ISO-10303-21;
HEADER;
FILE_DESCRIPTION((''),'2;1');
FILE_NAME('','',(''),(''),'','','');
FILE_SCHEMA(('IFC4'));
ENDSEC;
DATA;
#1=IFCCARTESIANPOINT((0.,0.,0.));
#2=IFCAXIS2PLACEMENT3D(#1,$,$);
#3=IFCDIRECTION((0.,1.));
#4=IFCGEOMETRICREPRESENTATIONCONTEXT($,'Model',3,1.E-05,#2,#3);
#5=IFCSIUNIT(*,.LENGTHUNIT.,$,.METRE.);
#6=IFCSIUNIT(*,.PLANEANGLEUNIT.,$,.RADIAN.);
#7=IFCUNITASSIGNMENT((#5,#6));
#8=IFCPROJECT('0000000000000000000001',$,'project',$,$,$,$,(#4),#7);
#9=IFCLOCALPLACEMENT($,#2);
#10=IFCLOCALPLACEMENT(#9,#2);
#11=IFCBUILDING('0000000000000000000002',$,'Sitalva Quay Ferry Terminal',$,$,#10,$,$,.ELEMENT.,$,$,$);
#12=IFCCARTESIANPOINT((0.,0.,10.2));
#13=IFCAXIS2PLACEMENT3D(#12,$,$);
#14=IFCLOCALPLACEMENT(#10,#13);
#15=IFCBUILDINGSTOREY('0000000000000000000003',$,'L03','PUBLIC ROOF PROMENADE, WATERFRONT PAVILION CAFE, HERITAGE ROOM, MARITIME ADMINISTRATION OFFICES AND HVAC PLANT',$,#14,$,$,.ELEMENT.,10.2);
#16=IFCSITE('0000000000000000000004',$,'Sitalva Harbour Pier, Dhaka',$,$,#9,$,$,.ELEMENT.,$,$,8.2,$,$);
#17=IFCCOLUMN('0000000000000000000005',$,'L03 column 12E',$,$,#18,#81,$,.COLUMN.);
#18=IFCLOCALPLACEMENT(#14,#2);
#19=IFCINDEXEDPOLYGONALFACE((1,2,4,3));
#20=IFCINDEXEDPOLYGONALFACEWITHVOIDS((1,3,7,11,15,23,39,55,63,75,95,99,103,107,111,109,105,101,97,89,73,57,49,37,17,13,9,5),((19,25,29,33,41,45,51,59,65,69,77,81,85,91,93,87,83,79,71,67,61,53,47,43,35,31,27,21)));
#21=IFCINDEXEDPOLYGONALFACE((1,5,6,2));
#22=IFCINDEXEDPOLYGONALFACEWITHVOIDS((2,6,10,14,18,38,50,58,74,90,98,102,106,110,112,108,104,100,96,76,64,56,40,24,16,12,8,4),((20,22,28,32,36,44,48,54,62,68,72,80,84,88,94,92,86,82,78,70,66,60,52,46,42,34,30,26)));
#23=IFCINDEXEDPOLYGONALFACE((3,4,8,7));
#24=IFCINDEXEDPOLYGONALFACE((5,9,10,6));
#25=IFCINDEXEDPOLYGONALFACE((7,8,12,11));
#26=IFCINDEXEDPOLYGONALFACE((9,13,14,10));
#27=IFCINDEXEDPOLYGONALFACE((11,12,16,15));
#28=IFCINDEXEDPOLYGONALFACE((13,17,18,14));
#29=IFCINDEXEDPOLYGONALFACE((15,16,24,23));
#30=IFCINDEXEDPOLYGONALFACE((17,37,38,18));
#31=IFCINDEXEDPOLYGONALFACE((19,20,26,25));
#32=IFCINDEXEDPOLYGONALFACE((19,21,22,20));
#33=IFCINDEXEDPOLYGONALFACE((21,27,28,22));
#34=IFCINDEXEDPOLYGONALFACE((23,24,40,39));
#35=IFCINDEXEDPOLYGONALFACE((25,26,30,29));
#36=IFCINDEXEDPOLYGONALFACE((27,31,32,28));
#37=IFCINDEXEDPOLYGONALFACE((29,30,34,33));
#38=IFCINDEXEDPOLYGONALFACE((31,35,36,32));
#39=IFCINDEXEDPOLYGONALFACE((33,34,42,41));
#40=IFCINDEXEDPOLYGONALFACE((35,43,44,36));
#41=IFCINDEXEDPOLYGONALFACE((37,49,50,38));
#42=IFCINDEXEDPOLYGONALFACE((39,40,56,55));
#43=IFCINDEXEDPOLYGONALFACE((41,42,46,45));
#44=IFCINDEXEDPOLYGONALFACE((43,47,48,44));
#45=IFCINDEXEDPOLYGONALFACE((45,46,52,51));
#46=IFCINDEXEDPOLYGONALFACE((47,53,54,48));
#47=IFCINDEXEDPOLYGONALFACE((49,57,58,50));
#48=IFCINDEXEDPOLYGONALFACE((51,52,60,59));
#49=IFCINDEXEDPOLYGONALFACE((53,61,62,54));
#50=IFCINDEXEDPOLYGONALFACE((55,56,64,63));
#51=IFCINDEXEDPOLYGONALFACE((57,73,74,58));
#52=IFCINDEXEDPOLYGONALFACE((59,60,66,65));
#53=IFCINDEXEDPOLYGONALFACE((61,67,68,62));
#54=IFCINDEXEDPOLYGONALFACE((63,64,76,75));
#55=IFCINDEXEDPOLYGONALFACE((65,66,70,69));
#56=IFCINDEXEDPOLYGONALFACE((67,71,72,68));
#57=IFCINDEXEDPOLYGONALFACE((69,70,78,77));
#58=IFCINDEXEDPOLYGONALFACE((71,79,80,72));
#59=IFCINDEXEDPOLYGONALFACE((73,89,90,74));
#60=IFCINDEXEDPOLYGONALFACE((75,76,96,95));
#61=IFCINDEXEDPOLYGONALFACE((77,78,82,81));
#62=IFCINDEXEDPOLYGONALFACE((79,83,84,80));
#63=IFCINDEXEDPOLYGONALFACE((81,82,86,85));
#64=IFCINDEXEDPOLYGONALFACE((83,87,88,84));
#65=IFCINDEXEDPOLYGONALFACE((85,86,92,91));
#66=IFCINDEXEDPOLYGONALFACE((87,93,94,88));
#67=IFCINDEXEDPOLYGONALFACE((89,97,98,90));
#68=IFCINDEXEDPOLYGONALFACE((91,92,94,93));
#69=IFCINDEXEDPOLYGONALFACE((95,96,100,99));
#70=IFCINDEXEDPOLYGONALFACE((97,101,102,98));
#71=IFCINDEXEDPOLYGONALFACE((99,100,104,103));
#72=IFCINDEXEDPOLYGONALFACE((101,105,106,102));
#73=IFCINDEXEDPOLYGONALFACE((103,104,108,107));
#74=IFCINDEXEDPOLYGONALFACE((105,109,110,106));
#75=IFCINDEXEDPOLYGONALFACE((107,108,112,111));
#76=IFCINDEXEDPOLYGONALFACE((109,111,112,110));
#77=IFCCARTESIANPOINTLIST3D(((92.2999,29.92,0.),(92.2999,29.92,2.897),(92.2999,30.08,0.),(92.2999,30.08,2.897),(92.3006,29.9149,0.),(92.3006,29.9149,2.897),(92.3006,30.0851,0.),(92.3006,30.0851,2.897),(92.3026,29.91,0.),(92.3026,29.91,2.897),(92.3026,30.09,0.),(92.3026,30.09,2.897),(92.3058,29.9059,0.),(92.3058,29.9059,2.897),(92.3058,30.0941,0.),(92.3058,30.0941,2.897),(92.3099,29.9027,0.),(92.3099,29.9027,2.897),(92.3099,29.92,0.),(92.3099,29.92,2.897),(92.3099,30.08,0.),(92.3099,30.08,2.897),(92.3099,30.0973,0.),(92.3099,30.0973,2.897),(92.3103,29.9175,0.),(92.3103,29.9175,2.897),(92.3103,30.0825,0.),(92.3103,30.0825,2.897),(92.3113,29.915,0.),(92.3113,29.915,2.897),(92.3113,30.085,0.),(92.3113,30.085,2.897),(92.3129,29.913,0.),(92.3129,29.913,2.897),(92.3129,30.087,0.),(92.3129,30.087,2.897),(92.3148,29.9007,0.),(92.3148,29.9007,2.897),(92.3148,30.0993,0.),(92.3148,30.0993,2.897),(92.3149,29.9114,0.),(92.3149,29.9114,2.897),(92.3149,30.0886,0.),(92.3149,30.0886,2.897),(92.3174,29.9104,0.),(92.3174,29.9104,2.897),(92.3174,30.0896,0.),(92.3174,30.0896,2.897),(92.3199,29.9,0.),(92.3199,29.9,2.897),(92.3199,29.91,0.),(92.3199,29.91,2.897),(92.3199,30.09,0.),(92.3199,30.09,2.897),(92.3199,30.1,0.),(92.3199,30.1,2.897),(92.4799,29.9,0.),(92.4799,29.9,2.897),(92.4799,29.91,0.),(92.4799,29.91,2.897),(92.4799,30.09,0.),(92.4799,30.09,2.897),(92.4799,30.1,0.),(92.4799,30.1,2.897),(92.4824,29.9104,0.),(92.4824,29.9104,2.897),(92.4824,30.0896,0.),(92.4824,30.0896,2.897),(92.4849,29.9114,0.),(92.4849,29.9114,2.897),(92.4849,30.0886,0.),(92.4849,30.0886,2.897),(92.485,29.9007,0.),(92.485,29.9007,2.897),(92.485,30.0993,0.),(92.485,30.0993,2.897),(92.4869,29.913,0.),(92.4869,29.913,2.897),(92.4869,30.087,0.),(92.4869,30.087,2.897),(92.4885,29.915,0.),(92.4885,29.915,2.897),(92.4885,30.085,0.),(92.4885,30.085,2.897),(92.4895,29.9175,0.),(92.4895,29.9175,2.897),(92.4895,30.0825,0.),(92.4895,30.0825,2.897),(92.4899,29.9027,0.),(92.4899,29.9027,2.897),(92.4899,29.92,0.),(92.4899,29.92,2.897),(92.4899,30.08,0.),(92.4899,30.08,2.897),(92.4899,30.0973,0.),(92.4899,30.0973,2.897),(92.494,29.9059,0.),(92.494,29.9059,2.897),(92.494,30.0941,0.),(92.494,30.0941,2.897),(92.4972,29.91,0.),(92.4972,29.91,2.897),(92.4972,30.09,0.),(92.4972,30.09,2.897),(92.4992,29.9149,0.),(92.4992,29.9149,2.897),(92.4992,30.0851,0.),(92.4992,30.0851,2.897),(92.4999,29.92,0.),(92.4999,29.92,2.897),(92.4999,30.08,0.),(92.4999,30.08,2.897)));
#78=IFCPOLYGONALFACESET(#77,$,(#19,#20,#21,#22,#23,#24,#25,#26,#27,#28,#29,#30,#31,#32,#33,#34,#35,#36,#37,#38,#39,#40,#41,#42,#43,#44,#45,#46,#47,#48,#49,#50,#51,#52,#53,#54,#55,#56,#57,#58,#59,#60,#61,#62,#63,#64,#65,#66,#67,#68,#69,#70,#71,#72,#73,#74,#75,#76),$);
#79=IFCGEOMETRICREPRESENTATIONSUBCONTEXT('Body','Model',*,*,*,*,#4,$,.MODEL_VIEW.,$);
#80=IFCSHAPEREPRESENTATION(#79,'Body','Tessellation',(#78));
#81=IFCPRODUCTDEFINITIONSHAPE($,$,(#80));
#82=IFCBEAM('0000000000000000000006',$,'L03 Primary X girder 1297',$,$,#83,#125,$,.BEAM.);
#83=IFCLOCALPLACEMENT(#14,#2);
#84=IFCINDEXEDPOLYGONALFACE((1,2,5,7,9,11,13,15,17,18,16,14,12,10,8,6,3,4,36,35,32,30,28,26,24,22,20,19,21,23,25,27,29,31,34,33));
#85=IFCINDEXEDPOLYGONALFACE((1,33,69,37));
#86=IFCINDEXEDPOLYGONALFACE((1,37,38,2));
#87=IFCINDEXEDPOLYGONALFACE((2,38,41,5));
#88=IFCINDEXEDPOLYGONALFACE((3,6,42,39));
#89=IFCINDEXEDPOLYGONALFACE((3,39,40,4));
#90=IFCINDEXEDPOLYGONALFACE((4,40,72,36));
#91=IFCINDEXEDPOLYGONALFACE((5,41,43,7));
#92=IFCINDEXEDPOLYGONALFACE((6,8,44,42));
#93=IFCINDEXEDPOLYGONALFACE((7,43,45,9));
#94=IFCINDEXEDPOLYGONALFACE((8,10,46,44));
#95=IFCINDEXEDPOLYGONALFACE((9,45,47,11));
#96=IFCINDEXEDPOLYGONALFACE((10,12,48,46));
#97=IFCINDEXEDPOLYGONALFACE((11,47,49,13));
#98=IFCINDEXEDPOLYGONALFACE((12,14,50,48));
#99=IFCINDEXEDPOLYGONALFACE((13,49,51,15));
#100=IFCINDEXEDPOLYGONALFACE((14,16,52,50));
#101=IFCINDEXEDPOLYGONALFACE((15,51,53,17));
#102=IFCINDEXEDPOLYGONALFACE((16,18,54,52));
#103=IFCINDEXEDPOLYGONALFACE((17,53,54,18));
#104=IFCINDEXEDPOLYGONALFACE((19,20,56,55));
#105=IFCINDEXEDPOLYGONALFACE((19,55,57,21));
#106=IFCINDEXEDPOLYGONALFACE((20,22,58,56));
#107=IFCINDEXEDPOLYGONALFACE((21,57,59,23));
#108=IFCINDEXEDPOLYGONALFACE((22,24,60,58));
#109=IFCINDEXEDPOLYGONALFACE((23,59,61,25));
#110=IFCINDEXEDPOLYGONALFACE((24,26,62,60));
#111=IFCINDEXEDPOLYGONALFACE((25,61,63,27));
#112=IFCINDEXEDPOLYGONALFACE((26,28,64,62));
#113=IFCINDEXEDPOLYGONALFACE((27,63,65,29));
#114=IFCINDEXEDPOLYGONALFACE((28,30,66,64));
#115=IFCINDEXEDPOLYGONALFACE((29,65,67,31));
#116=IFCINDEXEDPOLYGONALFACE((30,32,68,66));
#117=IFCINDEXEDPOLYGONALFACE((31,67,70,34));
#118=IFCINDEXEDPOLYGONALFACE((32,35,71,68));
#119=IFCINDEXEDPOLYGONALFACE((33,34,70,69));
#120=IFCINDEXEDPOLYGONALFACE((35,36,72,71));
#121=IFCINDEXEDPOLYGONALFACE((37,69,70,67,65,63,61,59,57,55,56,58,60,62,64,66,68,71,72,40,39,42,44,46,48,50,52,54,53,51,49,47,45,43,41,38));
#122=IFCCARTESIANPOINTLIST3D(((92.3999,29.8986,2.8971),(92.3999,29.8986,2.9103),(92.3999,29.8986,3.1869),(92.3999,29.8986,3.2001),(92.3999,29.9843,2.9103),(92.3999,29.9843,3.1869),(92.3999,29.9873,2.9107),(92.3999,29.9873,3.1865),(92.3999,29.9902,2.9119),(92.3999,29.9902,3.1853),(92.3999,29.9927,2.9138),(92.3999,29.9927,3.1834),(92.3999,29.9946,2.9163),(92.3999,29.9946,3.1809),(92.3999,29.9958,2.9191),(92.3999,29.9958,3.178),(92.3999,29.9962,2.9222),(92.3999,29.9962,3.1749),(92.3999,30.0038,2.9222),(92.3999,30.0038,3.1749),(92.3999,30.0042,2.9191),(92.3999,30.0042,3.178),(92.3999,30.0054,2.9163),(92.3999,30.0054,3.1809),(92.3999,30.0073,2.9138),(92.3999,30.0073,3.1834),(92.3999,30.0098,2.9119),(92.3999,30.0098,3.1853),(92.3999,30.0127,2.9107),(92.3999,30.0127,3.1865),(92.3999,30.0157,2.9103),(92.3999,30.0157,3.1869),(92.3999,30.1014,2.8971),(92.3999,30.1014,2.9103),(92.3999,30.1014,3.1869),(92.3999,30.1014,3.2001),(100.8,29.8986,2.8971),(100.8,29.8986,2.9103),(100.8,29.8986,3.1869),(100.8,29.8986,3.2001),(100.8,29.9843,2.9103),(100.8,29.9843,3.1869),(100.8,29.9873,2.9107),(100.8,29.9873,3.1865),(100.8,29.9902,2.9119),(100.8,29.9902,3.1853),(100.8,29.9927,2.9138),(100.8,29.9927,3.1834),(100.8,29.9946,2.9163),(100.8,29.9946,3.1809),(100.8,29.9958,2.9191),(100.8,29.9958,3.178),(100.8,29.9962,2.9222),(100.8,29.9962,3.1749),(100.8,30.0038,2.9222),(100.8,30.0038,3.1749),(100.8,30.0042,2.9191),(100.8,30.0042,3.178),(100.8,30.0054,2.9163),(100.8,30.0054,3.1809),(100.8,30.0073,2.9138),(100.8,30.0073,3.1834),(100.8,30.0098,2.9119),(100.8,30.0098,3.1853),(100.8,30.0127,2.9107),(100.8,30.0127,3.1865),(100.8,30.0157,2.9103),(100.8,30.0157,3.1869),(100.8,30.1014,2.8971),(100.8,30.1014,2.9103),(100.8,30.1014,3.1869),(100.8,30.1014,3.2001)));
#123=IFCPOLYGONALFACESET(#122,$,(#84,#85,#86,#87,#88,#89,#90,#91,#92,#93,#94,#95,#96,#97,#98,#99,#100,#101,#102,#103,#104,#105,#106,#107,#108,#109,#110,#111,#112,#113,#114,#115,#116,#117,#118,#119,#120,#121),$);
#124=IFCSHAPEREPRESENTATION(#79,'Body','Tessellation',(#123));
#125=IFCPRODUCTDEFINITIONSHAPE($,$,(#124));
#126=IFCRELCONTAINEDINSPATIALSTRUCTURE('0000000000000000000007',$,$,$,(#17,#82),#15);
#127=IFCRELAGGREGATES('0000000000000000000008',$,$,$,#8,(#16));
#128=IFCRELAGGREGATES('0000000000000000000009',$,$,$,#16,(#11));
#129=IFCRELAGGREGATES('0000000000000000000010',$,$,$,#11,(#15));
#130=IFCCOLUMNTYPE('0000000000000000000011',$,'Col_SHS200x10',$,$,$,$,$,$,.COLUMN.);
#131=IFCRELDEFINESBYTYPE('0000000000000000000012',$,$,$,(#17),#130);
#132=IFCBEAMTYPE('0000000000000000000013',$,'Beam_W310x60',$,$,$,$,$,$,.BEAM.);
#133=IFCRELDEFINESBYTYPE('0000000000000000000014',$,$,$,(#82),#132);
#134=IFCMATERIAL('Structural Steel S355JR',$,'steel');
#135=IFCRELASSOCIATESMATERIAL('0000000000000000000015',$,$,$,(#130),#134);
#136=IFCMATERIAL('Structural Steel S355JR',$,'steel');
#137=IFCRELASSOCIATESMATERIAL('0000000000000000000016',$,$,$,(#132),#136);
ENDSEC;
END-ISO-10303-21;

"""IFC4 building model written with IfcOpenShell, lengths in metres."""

from ifc_helpers import new_model, si_unit, direction, frame, origin, origin_2d, place, context, subcontext, project, spatial, hollow_rectangle, i_section, extrude, material, material_profile, profile_set, type_object, element, save


model = new_model("IFC4")

# Units and contexts
model_context = context("Model", 3, precision=1e-05, world=origin(), true_north=direction((0.0, 1.0)))
body_context = subcontext(model_context, "Body", "Model", "MODEL_VIEW")
ifc_project = project(units=[si_unit("LENGTHUNIT", "METRE"), si_unit("PLANEANGLEUNIT", "RADIAN")], contexts=[model_context])

# Site, building, storey
site_placement = place(None, origin())
site = spatial("IfcSite", under=ifc_project, at=site_placement, Name="Sitalva Harbour Pier, Dhaka", CompositionType="ELEMENT", RefElevation=8.2)
building_placement = place(site_placement, origin())
building = spatial("IfcBuilding", under=site, at=building_placement, Name="Sitalva Quay Ferry Terminal", CompositionType="ELEMENT")
storey_placement = place(building_placement, frame((0.0, 0.0, 10.2)))
storey = spatial("IfcBuildingStorey", under=building, at=storey_placement, Name="L03", Description="PUBLIC ROOF PROMENADE, WATERFRONT PAVILION CAFE, HERITAGE ROOM, MARITIME ADMINISTRATION OFFICES AND HVAC PLANT", CompositionType="ELEMENT", Elevation=10.2)

# Column
ifc_material_1 = material(Name="Structural Steel S355JR", Category="steel")
ifc_material_profile_1 = material_profile(ifc_material_1, hollow_rectangle(XDim=0.2, YDim=0.2, WallThickness=0.01, InnerFilletRadius=0.01, OuterFilletRadius=0.02, at=origin_2d()), Name="SHS200x200x10")
ifc_profile_set_1 = profile_set([ifc_material_profile_1], Name="Structural Steel S355JR")
column_type = type_object("IfcColumnType", Name="Col_SHS200x10", PredefinedType="COLUMN", material=ifc_profile_set_1)
column_placement = place(storey_placement, frame((92.3999, 30.0, 0.0), z_axis=(0.0, 0.0, 1.0), x_axis=(1.0, 0.0, 0.0)))
element("IfcColumn", 1, at=column_placement, inside=storey, type_object=column_type, Name="L03 column 12E", PredefinedType="COLUMN", context=body_context, shape_type="SweptSolid", body=[
    extrude(hollow_rectangle(XDim=0.2, YDim=0.2, WallThickness=0.01, InnerFilletRadius=0.01, OuterFilletRadius=0.02, at=origin_2d()), origin(), (0.0, 0.0, 1.0), 2.897),
])

# Beam
ifc_material_2 = material(Name="Structural Steel S355JR", Category="steel")
ifc_material_profile_2 = material_profile(ifc_material_2, i_section(OverallWidth=0.2029, OverallDepth=0.303, WebThickness=0.0076, FlangeThickness=0.0132, FilletRadius=0.012, at=origin_2d()), Name="W310x60")
ifc_profile_set_2 = profile_set([ifc_material_profile_2], Name="Structural Steel S355JR")
beam_type = type_object("IfcBeamType", Name="Beam_W310x60", PredefinedType="BEAM", material=ifc_profile_set_2)
beam_placement = place(storey_placement, frame((92.3999, 30.0, 3.0486), z_axis=(1.0, 0.0, 0.0), x_axis=(0.0, 1.0, 0.0)))
element("IfcBeam", 2, at=beam_placement, inside=storey, type_object=beam_type, Name="L03 Primary X girder 1297", PredefinedType="BEAM", context=body_context, shape_type="SweptSolid", body=[
    extrude(i_section(OverallWidth=0.2029, OverallDepth=0.303, WebThickness=0.0076, FlangeThickness=0.0132, FilletRadius=0.012, at=origin_2d()), origin(), (0.0, 0.0, 1.0), 8.4001),
])

save(model, "model.ifc")
